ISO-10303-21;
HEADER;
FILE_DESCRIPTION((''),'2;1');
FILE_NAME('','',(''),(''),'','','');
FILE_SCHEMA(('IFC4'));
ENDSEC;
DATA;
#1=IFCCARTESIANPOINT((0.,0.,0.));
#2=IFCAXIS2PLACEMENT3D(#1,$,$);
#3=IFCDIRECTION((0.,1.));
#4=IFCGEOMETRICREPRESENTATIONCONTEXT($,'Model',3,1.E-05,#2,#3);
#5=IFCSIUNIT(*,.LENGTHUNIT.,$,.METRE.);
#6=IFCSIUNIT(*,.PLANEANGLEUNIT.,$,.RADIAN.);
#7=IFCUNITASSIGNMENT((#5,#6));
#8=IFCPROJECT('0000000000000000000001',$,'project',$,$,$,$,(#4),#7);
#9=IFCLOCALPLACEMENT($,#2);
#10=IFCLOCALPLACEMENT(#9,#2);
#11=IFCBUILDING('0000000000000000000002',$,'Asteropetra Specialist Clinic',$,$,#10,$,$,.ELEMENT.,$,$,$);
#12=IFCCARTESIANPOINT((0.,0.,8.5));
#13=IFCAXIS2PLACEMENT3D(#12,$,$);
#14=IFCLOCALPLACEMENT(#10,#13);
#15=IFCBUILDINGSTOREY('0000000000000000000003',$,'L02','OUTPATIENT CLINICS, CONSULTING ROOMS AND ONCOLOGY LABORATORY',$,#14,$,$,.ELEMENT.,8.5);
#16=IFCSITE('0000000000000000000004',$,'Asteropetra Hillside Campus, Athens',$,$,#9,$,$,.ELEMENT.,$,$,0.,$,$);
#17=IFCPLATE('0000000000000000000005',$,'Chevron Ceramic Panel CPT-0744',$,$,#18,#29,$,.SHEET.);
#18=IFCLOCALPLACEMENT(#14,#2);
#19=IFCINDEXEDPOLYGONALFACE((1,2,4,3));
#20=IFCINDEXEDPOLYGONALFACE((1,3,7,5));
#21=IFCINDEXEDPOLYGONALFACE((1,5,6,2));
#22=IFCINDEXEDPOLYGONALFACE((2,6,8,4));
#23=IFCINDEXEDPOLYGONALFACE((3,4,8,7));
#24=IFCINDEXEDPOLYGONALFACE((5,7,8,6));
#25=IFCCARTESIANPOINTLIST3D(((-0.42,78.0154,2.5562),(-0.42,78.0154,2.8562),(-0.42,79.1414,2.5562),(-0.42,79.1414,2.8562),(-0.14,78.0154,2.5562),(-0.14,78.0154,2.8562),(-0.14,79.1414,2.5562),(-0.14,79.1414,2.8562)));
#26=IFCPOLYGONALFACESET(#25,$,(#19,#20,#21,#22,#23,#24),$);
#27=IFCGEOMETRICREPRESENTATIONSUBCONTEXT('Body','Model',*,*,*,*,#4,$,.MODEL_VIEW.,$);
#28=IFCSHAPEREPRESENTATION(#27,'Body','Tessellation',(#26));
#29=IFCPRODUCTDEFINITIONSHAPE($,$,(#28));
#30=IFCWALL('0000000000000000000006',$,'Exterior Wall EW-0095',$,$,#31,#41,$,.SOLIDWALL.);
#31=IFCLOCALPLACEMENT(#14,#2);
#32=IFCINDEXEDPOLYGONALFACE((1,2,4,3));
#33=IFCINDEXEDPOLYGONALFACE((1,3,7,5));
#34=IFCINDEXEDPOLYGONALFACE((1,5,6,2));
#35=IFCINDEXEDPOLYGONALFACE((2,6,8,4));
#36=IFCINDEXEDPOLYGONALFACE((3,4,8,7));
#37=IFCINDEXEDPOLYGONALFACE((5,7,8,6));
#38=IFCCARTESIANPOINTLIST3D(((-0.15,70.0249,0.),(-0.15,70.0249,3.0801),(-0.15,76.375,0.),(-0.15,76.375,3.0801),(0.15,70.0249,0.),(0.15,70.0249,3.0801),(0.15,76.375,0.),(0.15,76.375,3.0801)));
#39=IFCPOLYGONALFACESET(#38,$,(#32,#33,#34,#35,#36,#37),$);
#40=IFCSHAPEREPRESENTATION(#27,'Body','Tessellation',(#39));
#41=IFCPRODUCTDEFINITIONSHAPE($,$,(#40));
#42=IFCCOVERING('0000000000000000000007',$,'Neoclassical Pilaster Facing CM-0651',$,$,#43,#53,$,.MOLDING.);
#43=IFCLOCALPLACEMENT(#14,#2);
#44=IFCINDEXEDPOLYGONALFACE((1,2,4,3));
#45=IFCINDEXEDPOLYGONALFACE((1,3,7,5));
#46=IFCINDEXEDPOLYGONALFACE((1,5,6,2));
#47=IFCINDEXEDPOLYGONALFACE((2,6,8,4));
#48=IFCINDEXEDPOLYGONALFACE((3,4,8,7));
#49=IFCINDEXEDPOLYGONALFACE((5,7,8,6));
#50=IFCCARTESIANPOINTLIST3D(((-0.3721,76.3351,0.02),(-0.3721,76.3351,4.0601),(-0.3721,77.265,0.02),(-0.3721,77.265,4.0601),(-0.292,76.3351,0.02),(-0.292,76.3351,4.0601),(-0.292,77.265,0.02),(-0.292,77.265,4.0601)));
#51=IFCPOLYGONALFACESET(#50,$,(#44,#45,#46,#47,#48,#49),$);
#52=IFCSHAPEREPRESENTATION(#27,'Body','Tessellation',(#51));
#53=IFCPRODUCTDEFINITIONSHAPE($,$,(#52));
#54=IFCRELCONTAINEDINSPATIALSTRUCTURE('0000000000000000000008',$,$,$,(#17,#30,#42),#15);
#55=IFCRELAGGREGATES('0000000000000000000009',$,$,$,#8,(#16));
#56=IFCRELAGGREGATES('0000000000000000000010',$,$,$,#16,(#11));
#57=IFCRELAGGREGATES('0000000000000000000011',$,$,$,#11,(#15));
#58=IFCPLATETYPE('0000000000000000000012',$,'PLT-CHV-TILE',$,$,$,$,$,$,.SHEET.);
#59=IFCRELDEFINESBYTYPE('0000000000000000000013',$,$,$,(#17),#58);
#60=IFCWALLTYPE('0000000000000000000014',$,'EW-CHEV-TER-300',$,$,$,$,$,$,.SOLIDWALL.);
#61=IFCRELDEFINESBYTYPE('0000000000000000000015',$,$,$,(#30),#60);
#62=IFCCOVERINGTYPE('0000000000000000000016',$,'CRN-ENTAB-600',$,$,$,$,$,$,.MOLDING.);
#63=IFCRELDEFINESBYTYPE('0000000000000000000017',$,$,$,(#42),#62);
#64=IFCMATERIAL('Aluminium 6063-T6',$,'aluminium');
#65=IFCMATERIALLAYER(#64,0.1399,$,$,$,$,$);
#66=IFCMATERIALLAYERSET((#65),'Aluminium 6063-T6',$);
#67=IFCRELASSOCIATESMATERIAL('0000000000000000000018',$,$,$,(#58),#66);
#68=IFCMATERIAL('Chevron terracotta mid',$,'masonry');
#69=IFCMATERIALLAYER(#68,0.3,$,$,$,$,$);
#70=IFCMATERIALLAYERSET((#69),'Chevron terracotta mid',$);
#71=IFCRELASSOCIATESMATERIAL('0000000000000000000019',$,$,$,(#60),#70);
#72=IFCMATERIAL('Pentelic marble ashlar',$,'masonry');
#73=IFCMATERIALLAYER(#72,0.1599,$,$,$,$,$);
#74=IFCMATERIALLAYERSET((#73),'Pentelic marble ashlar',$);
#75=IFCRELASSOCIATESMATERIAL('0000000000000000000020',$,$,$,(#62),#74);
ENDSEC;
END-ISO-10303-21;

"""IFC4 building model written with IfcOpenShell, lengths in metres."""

from ifc_helpers import new_model, si_unit, direction, frame, frame_2d, origin, origin_2d, place, context, subcontext, project, spatial, rectangle, extrude, material, layer, layer_set, type_object, element, save


model = new_model("IFC4")

# Units and contexts
model_context = context("Model", 3, precision=1e-05, world=origin(), true_north=direction((0.0, 1.0)))
body_context = subcontext(model_context, "Body", "Model", "MODEL_VIEW")
ifc_project = project(units=[si_unit("LENGTHUNIT", "METRE"), si_unit("PLANEANGLEUNIT", "RADIAN")], contexts=[model_context])

# Site, building, storey
site_placement = place(None, origin())
site = spatial("IfcSite", under=ifc_project, at=site_placement, Name="Asteropetra Hillside Campus, Athens", CompositionType="ELEMENT", RefElevation=0.0)
building_placement = place(site_placement, origin())
building = spatial("IfcBuilding", under=site, at=building_placement, Name="Asteropetra Specialist Clinic", CompositionType="ELEMENT")
storey_placement = place(building_placement, frame((0.0, 0.0, 8.5)))
storey = spatial("IfcBuildingStorey", under=building, at=storey_placement, Name="L02", Description="OUTPATIENT CLINICS, CONSULTING ROOMS AND ONCOLOGY LABORATORY", CompositionType="ELEMENT", Elevation=8.5)

# Plate
ifc_material_1 = material(Name="Aluminium 6063-T6", Category="aluminium")
ifc_layer_1 = layer(ifc_material_1, 0.1399)
ifc_layer_set_1 = layer_set([ifc_layer_1], Name="Aluminium 6063-T6")
plate_type_1 = type_object("IfcPlateType", Name="PLT-CHV-TILE", PredefinedType="SHEET", material=ifc_layer_set_1)
for number, where, z_axis, x_axis, name in (
    (1, (-0.28, 78.5784, 2.5562), (0.0, 0.0, 1.0), (1.0, 0.0, 0.0), "Chevron Ceramic Panel CPT-0744"),
):
    element("IfcPlate", number, at=place(storey_placement, frame(where, z_axis=z_axis, x_axis=x_axis)), inside=storey, type_object=plate_type_1, Name=name, PredefinedType="SHEET", context=body_context, shape_type="SweptSolid", body=[
        extrude(rectangle(XDim=0.28, YDim=1.126, at=origin_2d()), origin(), (0.0, 0.0, 1.0), 0.3),
    ])

# Wall
ifc_material_2 = material(Name="Chevron terracotta mid", Category="masonry")
ifc_layer_2 = layer(ifc_material_2, 0.3)
ifc_layer_set_2 = layer_set([ifc_layer_2], Name="Chevron terracotta mid")
wall_type = type_object("IfcWallType", Name="EW-CHEV-TER-300", PredefinedType="SOLIDWALL", material=ifc_layer_set_2)
wall_placement = place(storey_placement, frame((0.0, 76.375, 0.0), z_axis=(0.0, 0.0, 1.0), x_axis=(0.0, -1.0, 0.0)))
element("IfcWall", 2, at=wall_placement, inside=storey, type_object=wall_type, Name="Exterior Wall EW-0095", PredefinedType="SOLIDWALL", context=body_context, shape_type="SweptSolid", body=[
    extrude(rectangle(XDim=6.3501, YDim=0.3, at=frame_2d((3.175, 0.0))), origin(), (0.0, 0.0, 1.0), 3.0801),
])

# Covering
ifc_material_3 = material(Name="Pentelic marble ashlar", Category="masonry")
ifc_layer_3 = layer(ifc_material_3, 0.1599)
ifc_layer_set_3 = layer_set([ifc_layer_3], Name="Pentelic marble ashlar")
covering_type = type_object("IfcCoveringType", Name="CRN-ENTAB-600", PredefinedType="MOLDING", material=ifc_layer_set_3)
covering_placement = place(storey_placement, frame((-0.332, 76.8, 0.02), z_axis=(0.0, 0.0, 1.0), x_axis=(1.0, 0.0, 0.0)))
element("IfcCovering", 3, at=covering_placement, inside=storey, type_object=covering_type, Name="Neoclassical Pilaster Facing CM-0651", PredefinedType="MOLDING", context=body_context, shape_type="SweptSolid", body=[
    extrude(rectangle(XDim=0.0801, YDim=0.9299, at=origin_2d()), origin(), (0.0, 0.0, 1.0), 4.04),
])

save(model, "model.ifc")
